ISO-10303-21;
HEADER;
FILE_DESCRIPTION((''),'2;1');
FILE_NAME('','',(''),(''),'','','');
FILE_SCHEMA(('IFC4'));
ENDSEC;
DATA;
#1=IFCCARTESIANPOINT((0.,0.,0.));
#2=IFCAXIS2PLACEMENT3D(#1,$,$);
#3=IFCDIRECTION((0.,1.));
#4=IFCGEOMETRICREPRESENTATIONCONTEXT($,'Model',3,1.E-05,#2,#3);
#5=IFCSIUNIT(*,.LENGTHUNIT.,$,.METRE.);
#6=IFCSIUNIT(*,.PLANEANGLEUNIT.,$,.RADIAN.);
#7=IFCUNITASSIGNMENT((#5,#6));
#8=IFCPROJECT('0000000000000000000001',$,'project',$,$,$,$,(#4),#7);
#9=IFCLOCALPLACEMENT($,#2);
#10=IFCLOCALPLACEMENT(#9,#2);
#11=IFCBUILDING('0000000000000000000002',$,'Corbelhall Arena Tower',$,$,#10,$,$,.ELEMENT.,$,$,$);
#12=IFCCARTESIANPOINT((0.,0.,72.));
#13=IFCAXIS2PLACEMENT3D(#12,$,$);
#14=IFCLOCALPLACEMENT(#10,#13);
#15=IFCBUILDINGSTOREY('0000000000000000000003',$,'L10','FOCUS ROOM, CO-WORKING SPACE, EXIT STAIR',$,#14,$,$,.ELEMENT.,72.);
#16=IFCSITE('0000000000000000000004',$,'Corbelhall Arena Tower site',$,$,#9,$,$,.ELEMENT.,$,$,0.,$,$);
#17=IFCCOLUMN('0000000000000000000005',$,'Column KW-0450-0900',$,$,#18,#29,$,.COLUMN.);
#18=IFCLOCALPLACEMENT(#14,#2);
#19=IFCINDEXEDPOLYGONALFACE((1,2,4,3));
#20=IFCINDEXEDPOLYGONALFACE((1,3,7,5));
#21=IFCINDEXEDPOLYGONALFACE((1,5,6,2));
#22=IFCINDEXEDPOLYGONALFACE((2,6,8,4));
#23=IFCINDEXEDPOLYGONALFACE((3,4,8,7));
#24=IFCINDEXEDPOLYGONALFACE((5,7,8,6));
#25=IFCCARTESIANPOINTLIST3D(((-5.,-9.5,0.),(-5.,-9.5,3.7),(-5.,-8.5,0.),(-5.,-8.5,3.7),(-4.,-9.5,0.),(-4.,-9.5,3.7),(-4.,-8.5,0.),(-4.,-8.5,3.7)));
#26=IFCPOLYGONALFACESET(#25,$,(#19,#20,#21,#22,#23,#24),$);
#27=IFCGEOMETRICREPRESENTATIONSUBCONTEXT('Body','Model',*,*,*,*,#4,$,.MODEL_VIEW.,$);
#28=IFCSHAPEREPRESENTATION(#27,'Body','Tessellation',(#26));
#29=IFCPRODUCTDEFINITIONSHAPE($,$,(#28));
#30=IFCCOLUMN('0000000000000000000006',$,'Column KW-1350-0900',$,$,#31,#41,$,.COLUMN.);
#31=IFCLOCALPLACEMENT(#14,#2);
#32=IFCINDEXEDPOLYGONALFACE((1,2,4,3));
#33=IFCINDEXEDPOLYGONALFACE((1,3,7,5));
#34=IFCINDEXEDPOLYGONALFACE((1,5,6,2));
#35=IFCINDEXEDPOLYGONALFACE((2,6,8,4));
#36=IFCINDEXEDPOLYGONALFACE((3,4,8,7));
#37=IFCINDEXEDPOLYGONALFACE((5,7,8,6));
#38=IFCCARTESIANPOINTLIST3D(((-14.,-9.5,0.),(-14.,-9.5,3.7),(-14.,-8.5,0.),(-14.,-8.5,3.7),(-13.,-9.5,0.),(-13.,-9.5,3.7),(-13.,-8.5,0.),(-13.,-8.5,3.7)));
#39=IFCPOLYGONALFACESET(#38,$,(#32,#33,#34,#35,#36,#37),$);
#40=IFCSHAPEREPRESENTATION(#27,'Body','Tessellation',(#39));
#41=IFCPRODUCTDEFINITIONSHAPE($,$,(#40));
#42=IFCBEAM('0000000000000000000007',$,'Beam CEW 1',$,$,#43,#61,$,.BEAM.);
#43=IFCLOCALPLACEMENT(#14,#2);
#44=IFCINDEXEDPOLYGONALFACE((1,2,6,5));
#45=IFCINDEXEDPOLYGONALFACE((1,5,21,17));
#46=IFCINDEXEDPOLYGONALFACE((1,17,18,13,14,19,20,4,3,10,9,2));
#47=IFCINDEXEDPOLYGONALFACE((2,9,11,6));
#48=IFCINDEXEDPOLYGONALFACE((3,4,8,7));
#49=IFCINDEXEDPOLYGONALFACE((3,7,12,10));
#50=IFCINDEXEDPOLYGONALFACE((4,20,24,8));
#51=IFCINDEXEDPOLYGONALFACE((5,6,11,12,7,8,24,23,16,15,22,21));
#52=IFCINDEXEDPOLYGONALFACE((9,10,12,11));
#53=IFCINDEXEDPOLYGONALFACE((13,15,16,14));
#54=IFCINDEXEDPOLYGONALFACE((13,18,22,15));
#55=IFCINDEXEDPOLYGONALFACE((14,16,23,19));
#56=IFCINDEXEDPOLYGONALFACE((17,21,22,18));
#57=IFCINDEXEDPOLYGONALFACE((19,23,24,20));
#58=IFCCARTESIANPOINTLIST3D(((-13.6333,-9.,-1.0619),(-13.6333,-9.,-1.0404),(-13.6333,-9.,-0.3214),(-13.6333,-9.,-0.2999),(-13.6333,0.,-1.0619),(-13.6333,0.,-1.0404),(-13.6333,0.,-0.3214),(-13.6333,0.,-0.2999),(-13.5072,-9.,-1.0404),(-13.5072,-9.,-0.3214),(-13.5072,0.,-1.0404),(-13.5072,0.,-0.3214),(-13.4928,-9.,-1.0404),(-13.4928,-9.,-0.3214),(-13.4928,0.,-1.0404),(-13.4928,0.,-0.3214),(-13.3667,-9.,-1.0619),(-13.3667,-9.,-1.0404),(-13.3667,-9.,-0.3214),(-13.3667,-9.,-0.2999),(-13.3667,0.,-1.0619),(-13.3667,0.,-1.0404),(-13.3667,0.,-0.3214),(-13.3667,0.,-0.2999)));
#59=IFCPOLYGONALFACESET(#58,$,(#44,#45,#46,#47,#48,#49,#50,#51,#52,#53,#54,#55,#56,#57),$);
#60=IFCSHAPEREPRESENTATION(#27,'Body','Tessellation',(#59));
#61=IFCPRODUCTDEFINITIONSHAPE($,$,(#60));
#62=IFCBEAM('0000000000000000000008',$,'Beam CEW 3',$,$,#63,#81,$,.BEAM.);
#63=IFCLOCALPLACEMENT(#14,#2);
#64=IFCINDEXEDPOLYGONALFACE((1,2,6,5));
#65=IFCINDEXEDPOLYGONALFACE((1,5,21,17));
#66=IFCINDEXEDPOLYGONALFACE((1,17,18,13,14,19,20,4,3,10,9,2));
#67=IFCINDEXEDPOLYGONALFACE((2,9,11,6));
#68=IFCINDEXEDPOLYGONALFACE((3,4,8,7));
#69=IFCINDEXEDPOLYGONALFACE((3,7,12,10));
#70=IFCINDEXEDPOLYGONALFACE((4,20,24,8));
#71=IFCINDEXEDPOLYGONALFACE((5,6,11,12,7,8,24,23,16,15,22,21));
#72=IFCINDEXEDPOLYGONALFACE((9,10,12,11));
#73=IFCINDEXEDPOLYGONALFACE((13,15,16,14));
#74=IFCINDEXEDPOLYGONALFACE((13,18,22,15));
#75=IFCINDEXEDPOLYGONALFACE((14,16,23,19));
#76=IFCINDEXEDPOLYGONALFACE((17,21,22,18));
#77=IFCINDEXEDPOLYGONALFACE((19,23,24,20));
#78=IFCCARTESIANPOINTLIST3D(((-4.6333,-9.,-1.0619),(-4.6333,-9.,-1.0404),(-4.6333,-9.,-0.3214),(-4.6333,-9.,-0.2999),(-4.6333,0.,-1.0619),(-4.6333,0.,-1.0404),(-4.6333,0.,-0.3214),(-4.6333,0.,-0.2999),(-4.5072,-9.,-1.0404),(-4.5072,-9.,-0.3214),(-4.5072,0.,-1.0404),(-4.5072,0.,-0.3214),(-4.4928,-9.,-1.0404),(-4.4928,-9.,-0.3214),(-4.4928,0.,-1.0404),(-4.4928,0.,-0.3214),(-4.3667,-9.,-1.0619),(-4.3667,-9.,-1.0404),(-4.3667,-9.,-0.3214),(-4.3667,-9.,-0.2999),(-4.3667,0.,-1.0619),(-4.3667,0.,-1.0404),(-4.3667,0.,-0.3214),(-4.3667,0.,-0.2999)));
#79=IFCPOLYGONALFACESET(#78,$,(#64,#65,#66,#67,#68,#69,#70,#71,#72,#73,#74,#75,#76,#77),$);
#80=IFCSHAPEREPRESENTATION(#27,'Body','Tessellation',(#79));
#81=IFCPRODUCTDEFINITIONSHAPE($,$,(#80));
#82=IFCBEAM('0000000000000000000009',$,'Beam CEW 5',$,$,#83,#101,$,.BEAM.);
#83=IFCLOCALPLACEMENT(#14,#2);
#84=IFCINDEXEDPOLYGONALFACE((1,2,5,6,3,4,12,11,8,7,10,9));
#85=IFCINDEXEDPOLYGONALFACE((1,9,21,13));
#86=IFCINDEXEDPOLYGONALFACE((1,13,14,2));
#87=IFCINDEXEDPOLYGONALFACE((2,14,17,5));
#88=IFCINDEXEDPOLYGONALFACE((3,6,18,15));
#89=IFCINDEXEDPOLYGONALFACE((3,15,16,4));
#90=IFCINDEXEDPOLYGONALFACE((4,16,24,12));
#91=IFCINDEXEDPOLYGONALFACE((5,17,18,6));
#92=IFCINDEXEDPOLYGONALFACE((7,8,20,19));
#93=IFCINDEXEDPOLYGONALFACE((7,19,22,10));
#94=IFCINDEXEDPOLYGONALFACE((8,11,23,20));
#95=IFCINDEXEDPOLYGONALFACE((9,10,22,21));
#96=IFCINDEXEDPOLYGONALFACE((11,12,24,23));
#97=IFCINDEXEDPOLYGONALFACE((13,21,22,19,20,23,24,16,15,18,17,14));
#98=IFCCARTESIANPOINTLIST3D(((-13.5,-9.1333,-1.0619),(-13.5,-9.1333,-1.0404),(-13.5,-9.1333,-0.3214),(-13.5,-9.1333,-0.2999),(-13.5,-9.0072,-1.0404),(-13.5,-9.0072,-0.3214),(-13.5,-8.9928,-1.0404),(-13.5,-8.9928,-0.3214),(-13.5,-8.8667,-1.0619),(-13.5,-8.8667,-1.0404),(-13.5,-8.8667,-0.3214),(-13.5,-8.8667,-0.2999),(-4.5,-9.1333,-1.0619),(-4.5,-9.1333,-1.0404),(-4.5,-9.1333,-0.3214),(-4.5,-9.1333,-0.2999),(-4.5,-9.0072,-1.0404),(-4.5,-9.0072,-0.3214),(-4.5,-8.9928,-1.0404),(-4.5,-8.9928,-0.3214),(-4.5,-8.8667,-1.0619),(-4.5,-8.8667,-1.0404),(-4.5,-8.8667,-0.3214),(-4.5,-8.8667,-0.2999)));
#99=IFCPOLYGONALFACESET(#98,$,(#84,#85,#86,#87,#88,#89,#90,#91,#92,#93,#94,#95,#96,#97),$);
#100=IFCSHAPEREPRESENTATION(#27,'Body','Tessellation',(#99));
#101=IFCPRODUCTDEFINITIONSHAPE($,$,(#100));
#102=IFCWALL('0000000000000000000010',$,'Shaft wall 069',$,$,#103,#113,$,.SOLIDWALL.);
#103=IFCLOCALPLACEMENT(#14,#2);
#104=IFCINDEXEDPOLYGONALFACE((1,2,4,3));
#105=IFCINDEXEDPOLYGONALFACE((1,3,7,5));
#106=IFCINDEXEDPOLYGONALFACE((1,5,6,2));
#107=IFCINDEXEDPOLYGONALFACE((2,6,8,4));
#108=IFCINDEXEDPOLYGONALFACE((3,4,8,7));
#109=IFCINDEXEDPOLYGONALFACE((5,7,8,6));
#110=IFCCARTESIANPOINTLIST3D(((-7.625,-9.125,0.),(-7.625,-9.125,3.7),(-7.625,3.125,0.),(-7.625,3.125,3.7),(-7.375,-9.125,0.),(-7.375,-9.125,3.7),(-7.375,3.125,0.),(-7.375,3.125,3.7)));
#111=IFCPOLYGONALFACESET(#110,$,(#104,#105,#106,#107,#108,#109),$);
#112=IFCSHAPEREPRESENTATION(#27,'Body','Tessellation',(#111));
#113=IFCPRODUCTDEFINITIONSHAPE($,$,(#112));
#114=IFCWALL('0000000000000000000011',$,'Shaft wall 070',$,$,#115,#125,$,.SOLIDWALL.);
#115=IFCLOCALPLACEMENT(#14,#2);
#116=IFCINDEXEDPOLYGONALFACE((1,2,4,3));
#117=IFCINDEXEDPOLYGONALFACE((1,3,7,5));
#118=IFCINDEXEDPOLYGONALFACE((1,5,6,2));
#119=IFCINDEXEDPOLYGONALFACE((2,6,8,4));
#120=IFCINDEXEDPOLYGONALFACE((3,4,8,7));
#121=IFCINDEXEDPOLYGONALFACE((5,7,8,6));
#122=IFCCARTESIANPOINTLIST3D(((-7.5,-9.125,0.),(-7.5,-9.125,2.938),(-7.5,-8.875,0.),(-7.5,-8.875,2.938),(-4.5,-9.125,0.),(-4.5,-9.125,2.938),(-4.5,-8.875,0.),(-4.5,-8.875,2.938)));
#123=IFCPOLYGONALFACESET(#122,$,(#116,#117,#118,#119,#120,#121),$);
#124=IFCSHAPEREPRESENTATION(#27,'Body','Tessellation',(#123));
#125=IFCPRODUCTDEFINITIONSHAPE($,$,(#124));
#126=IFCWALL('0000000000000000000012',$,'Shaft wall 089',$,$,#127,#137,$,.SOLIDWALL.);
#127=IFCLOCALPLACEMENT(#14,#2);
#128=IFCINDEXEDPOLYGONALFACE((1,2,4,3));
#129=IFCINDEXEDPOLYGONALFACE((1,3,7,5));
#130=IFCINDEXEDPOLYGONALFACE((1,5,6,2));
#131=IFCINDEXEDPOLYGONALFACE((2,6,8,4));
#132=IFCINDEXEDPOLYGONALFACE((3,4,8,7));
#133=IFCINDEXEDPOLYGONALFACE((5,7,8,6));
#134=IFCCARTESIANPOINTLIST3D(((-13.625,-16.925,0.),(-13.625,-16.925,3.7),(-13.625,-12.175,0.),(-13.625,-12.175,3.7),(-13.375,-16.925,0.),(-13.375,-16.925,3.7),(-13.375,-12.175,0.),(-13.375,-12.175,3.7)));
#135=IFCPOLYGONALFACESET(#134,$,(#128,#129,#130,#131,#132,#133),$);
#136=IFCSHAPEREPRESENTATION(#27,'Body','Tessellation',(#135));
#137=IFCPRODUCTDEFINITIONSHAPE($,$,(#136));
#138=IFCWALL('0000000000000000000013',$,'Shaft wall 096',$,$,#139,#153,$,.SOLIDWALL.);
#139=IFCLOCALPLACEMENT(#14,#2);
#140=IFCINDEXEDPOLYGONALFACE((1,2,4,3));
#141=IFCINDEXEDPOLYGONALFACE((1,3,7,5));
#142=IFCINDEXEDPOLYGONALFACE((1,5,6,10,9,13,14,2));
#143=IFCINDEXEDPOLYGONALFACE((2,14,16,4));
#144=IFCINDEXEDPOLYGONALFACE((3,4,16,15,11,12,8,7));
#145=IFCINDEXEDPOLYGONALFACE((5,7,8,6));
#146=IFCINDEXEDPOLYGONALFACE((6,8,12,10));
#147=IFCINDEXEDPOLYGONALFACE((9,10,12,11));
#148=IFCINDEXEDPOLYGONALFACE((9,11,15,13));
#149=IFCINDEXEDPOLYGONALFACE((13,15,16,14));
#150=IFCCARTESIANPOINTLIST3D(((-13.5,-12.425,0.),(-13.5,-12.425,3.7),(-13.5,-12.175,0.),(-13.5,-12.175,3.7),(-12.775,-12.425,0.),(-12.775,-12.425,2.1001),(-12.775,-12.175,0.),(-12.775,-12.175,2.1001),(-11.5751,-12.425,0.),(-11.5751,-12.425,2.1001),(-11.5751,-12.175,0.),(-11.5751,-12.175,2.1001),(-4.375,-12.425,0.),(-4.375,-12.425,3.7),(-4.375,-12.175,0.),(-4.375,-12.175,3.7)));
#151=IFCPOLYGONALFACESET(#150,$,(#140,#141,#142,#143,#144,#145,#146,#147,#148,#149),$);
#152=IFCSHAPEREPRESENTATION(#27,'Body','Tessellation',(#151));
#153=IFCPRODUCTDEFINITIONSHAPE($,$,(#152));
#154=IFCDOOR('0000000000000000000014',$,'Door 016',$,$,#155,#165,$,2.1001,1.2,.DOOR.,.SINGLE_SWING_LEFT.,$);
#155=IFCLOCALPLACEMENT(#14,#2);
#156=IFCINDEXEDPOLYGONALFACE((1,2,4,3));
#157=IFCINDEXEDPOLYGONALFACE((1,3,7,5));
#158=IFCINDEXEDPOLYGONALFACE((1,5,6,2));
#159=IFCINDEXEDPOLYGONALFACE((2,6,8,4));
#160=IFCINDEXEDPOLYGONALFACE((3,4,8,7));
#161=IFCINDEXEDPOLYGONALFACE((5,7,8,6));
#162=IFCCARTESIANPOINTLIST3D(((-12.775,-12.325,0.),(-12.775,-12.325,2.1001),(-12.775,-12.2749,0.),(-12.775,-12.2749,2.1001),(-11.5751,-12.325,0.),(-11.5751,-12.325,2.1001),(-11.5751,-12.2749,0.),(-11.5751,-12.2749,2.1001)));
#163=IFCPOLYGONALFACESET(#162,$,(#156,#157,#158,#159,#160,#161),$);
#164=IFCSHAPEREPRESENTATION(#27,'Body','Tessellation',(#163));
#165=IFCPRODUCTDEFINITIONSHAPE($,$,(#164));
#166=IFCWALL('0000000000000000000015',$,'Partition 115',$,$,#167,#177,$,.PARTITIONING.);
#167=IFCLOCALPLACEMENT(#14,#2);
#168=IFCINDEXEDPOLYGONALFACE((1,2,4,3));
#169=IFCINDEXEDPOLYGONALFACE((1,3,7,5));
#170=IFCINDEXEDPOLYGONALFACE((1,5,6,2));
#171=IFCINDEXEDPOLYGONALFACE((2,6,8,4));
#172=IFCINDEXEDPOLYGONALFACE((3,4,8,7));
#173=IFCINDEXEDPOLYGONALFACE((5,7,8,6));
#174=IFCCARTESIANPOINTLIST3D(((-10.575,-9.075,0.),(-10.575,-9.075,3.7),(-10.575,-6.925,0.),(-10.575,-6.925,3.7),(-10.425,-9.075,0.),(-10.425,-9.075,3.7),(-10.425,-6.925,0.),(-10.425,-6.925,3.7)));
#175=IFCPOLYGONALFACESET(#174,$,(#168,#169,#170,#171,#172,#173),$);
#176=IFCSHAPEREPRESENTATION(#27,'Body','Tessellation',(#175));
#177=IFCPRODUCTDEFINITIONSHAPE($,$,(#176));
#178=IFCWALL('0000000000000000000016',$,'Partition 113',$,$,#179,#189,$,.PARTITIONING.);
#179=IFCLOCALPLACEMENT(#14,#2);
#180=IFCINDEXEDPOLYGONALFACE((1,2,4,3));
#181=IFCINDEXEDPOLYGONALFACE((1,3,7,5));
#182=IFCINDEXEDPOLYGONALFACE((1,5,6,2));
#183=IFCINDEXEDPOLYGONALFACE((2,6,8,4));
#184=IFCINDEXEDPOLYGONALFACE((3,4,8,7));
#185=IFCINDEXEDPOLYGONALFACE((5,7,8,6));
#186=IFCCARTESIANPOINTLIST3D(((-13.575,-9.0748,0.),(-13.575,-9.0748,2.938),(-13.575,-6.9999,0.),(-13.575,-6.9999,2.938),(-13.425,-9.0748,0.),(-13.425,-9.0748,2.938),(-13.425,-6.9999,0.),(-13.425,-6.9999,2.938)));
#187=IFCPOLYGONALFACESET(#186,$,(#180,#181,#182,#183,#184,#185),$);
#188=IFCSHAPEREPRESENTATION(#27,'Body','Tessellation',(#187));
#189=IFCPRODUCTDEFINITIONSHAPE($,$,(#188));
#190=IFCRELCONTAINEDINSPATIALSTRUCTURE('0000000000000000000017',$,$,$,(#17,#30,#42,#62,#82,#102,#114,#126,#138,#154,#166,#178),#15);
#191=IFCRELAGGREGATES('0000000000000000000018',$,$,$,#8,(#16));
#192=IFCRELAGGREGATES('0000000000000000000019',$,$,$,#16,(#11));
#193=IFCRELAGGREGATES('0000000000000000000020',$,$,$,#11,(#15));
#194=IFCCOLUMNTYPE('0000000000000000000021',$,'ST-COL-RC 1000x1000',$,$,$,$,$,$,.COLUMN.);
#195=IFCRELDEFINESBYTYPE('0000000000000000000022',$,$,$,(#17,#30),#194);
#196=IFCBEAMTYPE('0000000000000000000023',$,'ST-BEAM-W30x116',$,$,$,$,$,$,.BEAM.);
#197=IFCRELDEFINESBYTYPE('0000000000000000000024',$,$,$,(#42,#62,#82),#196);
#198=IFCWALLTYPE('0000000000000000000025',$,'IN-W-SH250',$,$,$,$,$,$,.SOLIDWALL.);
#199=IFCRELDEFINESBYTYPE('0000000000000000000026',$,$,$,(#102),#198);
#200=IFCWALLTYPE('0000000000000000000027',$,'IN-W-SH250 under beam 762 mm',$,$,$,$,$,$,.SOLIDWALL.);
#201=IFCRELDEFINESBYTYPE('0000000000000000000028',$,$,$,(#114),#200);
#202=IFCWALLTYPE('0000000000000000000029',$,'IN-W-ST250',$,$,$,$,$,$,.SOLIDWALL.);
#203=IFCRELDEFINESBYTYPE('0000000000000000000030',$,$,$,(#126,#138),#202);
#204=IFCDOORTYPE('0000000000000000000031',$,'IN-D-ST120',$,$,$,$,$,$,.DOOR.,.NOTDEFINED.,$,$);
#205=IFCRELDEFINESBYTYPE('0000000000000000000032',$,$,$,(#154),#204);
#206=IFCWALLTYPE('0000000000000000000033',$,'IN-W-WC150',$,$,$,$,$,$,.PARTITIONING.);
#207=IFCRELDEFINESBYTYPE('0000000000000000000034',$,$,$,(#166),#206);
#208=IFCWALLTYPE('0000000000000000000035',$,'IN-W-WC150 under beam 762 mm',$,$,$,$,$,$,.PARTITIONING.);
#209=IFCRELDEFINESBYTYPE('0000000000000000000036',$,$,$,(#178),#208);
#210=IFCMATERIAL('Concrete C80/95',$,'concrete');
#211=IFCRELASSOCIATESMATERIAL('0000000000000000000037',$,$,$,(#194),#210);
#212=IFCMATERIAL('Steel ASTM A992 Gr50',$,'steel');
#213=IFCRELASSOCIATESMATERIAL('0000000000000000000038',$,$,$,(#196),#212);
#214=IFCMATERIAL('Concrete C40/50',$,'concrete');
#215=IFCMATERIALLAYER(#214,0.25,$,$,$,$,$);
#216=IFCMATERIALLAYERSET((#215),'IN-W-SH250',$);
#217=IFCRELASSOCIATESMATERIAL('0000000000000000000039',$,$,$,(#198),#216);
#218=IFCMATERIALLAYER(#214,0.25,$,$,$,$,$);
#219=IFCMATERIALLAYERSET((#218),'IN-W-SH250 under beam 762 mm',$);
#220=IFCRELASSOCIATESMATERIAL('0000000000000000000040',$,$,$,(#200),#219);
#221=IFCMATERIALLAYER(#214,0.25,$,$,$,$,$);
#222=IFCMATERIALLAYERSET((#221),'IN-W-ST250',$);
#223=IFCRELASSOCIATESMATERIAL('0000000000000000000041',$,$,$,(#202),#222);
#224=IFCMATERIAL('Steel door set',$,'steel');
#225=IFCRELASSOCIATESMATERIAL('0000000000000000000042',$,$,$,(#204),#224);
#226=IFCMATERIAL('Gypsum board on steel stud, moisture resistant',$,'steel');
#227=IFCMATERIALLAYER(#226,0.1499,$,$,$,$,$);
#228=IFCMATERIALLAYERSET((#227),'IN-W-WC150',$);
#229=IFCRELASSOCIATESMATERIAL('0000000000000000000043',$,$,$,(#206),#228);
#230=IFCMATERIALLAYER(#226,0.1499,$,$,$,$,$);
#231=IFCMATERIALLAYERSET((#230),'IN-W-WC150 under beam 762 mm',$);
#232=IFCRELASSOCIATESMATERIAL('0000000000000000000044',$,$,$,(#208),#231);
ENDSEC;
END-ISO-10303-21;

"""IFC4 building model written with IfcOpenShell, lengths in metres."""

from ifc_helpers import new_model, si_unit, direction, frame, frame_2d, origin, origin_2d, place, context, subcontext, project, spatial, rectangle, i_section, extrude, material, layer, layer_set, material_profile, profile_set, type_object, element, fill, save


model = new_model("IFC4")

# Units and contexts
model_context = context("Model", 3, precision=1e-05, world=origin(), true_north=direction((0.0, 1.0)))
body_context = subcontext(model_context, "Body", "Model", "MODEL_VIEW")
ifc_project = project(units=[si_unit("LENGTHUNIT", "METRE"), si_unit("PLANEANGLEUNIT", "RADIAN")], contexts=[model_context])

# Site, building, storey
site_placement = place(None, origin())
site = spatial("IfcSite", under=ifc_project, at=site_placement, Name="Corbelhall Arena Tower site", CompositionType="ELEMENT", RefElevation=0.0)
building_placement = place(site_placement, origin())
building = spatial("IfcBuilding", under=site, at=building_placement, Name="Corbelhall Arena Tower", CompositionType="ELEMENT")
storey_placement = place(building_placement, frame((0.0, 0.0, 72.0)))
storey = spatial("IfcBuildingStorey", under=building, at=storey_placement, Name="L10", Description="FOCUS ROOM, CO-WORKING SPACE, EXIT STAIR", CompositionType="ELEMENT", Elevation=72.0)

# Columns
ifc_material_1 = material(Name="Concrete C80/95", Category="concrete")
ifc_material_profile_1 = material_profile(ifc_material_1, rectangle(XDim=1.0, YDim=1.0, at=origin_2d()))
ifc_profile_set_1 = profile_set([ifc_material_profile_1], Name="Concrete C80/95")
column_type = type_object("IfcColumnType", Name="ST-COL-RC 1000x1000", PredefinedType="COLUMN", material=ifc_profile_set_1)
for number, where, z_axis, x_axis, name in (
    (1, (-4.5, -9.0, 0.0), (0.0, 0.0, 1.0), (1.0, 0.0, 0.0), "Column KW-0450-0900"),
    (2, (-13.5, -9.0, 0.0), (0.0, 0.0, 1.0), (1.0, 0.0, 0.0), "Column KW-1350-0900"),
):
    element("IfcColumn", number, at=place(storey_placement, frame(where, z_axis=z_axis, x_axis=x_axis)), inside=storey, type_object=column_type, Name=name, PredefinedType="COLUMN", context=body_context, shape_type="SweptSolid", body=[
        extrude(rectangle(XDim=1.0, YDim=1.0, at=origin_2d()), origin(), (0.0, 0.0, 1.0), 3.7),
    ])

# Beams
ifc_material_2 = material(Name="Steel ASTM A992 Gr50", Category="steel")
ifc_material_profile_2 = material_profile(ifc_material_2, i_section(OverallWidth=0.2666, OverallDepth=0.762, WebThickness=0.0144, FlangeThickness=0.0215, at=origin_2d()))
ifc_profile_set_2 = profile_set([ifc_material_profile_2], Name="Steel ASTM A992 Gr50")
beam_type = type_object("IfcBeamType", Name="ST-BEAM-W30x116", PredefinedType="BEAM", material=ifc_profile_set_2)
for number, where, z_axis, x_axis, name in (
    (3, (-13.5, -9.0, -0.6809), (0.0, 1.0, 0.0), (-1.0, 0.0, 0.0), "Beam CEW 1"),
    (4, (-4.5, -9.0, -0.6809), (0.0, 1.0, 0.0), (-1.0, 0.0, 0.0), "Beam CEW 3"),
    (5, (-13.5, -9.0, -0.6809), (1.0, 0.0, 0.0), (0.0, 1.0, 0.0), "Beam CEW 5"),
):
    element("IfcBeam", number, at=place(storey_placement, frame(where, z_axis=z_axis, x_axis=x_axis)), inside=storey, type_object=beam_type, Name=name, PredefinedType="BEAM", context=body_context, shape_type="SweptSolid", body=[
        extrude(i_section(OverallWidth=0.2666, OverallDepth=0.762, WebThickness=0.0144, FlangeThickness=0.0215, at=origin_2d()), origin(), (0.0, 0.0, 1.0), 9.0),
    ])

# Shared definitions
ifc_material_3 = material(Name="Steel door set", Category="steel")

# Walls
ifc_material_4 = material(Name="Concrete C40/50", Category="concrete")
ifc_layer_1 = layer(ifc_material_4, 0.25)
ifc_layer_set_1 = layer_set([ifc_layer_1], Name="IN-W-SH250")
wall_type_1 = type_object("IfcWallType", Name="IN-W-SH250", PredefinedType="SOLIDWALL", material=ifc_layer_set_1)
wall_1_placement = place(storey_placement, frame((-7.5, -9.125, 0.0), z_axis=(0.0, 0.0, 1.0), x_axis=(0.0, 1.0, 0.0)))
element("IfcWall", 6, at=wall_1_placement, inside=storey, type_object=wall_type_1, Name="Shaft wall 069", PredefinedType="SOLIDWALL", context=body_context, shape_type="SweptSolid", body=[
    extrude(rectangle(XDim=12.25, YDim=0.25, at=frame_2d((6.125, 0.0))), origin(), (0.0, 0.0, 1.0), 3.7),
])
ifc_layer_2 = layer(ifc_material_4, 0.25)
ifc_layer_set_2 = layer_set([ifc_layer_2], Name="IN-W-SH250 under beam 762 mm")
wall_type_2 = type_object("IfcWallType", Name="IN-W-SH250 under beam 762 mm", PredefinedType="SOLIDWALL", material=ifc_layer_set_2)
wall_2_placement = place(storey_placement, frame((-4.5, -9.0, 0.0), z_axis=(0.0, 0.0, 1.0), x_axis=(-1.0, 0.0, 0.0)))
element("IfcWall", 7, at=wall_2_placement, inside=storey, type_object=wall_type_2, Name="Shaft wall 070", PredefinedType="SOLIDWALL", context=body_context, shape_type="SweptSolid", body=[
    extrude(rectangle(XDim=3.0, YDim=0.25, at=frame_2d((1.5, 0.0))), origin(), (0.0, 0.0, 1.0), 2.938),
])
ifc_layer_3 = layer(ifc_material_4, 0.25)
ifc_layer_set_3 = layer_set([ifc_layer_3], Name="IN-W-ST250")
wall_type_3 = type_object("IfcWallType", Name="IN-W-ST250", PredefinedType="SOLIDWALL", material=ifc_layer_set_3)
wall_3_placement = place(storey_placement, frame((-13.5, -12.175, 0.0), z_axis=(0.0, 0.0, 1.0), x_axis=(0.0, -1.0, 0.0)))
element("IfcWall", 8, at=wall_3_placement, inside=storey, type_object=wall_type_3, Name="Shaft wall 089", PredefinedType="SOLIDWALL", context=body_context, shape_type="SweptSolid", body=[
    extrude(rectangle(XDim=4.75, YDim=0.25, at=frame_2d((2.375, 0.0))), origin(), (0.0, 0.0, 1.0), 3.7),
])

# Wall, opening, door
wall_4_placement = place(storey_placement, frame((-4.375, -12.3, 0.0), z_axis=(0.0, 0.0, 1.0), x_axis=(-1.0, 0.0, 0.0)))
wall_4 = element("IfcWall", 9, at=wall_4_placement, inside=storey, type_object=wall_type_3, Name="Shaft wall 096", PredefinedType="SOLIDWALL", context=body_context, shape_type="SweptSolid", body=[
    extrude(rectangle(XDim=9.125, YDim=0.25, at=frame_2d((4.5625, 0.0))), origin(), (0.0, 0.0, 1.0), 3.7),
])
opening_1_placement = place(wall_4_placement, frame((7.2, 0.0, 0.0)))
opening_1 = element("IfcOpeningElement", 10, at=opening_1_placement, cuts=wall_4, PredefinedType="OPENING", context=body_context, shape_type="SweptSolid", body=[
    extrude(rectangle(XDim=1.2, YDim=2.1001, at=frame_2d((0.6001, 1.05))), frame((0.0, 0.125, 0.0), z_axis=(0.0, -1.0, 0.0), x_axis=(1.0, 0.0, 0.0)), (0.0, 0.0, 1.0), 0.25),
])
door_type_1 = type_object("IfcDoorType", Name="IN-D-ST120", OperationType="NOTDEFINED", PredefinedType="DOOR", material=ifc_material_3)
door_1_placement = place(opening_1_placement, origin())
door_1 = element("IfcDoor", 11, at=door_1_placement, inside=storey, type_object=door_type_1, Name="Door 016", OperationType="SINGLE_SWING_LEFT", OverallHeight=2.1001, OverallWidth=1.2, PredefinedType="DOOR", context=body_context, shape_type="SweptSolid", body=[
    extrude(rectangle(XDim=1.2, YDim=2.1001, at=frame_2d((0.6001, 1.05))), frame((0.0, 0.0249, 0.0), z_axis=(0.0, -1.0, 0.0), x_axis=(1.0, 0.0, 0.0)), (0.0, 0.0, 1.0), 0.05),
])
fill(opening_1, door_1)

# Walls
ifc_material_5 = material(Name="Gypsum board on steel stud, moisture resistant", Category="steel")
ifc_layer_4 = layer(ifc_material_5, 0.1499)
ifc_layer_set_4 = layer_set([ifc_layer_4], Name="IN-W-WC150")
wall_type_4 = type_object("IfcWallType", Name="IN-W-WC150", PredefinedType="PARTITIONING", material=ifc_layer_set_4)
wall_5_placement = place(storey_placement, frame((-10.5, -9.075, 0.0), z_axis=(0.0, 0.0, 1.0), x_axis=(0.0, 1.0, 0.0)))
element("IfcWall", 12, at=wall_5_placement, inside=storey, type_object=wall_type_4, Name="Partition 115", PredefinedType="PARTITIONING", context=body_context, shape_type="SweptSolid", body=[
    extrude(rectangle(XDim=2.1499, YDim=0.1499, at=frame_2d((1.075, 0.0))), origin(), (0.0, 0.0, 1.0), 3.7),
])
ifc_layer_5 = layer(ifc_material_5, 0.1499)
ifc_layer_set_5 = layer_set([ifc_layer_5], Name="IN-W-WC150 under beam 762 mm")
wall_type_5 = type_object("IfcWallType", Name="IN-W-WC150 under beam 762 mm", PredefinedType="PARTITIONING", material=ifc_layer_set_5)
wall_6_placement = place(storey_placement, frame((-13.5, -9.075, 0.0), z_axis=(0.0, 0.0, 1.0), x_axis=(0.0, 1.0, 0.0)))
element("IfcWall", 13, at=wall_6_placement, inside=storey, type_object=wall_type_5, Name="Partition 113", PredefinedType="PARTITIONING", context=body_context, shape_type="SweptSolid", body=[
    extrude(rectangle(XDim=2.075, YDim=0.1499, at=frame_2d((1.0376, 0.0))), origin(), (0.0, 0.0, 1.0), 2.938),
])

save(model, "model.ifc")
